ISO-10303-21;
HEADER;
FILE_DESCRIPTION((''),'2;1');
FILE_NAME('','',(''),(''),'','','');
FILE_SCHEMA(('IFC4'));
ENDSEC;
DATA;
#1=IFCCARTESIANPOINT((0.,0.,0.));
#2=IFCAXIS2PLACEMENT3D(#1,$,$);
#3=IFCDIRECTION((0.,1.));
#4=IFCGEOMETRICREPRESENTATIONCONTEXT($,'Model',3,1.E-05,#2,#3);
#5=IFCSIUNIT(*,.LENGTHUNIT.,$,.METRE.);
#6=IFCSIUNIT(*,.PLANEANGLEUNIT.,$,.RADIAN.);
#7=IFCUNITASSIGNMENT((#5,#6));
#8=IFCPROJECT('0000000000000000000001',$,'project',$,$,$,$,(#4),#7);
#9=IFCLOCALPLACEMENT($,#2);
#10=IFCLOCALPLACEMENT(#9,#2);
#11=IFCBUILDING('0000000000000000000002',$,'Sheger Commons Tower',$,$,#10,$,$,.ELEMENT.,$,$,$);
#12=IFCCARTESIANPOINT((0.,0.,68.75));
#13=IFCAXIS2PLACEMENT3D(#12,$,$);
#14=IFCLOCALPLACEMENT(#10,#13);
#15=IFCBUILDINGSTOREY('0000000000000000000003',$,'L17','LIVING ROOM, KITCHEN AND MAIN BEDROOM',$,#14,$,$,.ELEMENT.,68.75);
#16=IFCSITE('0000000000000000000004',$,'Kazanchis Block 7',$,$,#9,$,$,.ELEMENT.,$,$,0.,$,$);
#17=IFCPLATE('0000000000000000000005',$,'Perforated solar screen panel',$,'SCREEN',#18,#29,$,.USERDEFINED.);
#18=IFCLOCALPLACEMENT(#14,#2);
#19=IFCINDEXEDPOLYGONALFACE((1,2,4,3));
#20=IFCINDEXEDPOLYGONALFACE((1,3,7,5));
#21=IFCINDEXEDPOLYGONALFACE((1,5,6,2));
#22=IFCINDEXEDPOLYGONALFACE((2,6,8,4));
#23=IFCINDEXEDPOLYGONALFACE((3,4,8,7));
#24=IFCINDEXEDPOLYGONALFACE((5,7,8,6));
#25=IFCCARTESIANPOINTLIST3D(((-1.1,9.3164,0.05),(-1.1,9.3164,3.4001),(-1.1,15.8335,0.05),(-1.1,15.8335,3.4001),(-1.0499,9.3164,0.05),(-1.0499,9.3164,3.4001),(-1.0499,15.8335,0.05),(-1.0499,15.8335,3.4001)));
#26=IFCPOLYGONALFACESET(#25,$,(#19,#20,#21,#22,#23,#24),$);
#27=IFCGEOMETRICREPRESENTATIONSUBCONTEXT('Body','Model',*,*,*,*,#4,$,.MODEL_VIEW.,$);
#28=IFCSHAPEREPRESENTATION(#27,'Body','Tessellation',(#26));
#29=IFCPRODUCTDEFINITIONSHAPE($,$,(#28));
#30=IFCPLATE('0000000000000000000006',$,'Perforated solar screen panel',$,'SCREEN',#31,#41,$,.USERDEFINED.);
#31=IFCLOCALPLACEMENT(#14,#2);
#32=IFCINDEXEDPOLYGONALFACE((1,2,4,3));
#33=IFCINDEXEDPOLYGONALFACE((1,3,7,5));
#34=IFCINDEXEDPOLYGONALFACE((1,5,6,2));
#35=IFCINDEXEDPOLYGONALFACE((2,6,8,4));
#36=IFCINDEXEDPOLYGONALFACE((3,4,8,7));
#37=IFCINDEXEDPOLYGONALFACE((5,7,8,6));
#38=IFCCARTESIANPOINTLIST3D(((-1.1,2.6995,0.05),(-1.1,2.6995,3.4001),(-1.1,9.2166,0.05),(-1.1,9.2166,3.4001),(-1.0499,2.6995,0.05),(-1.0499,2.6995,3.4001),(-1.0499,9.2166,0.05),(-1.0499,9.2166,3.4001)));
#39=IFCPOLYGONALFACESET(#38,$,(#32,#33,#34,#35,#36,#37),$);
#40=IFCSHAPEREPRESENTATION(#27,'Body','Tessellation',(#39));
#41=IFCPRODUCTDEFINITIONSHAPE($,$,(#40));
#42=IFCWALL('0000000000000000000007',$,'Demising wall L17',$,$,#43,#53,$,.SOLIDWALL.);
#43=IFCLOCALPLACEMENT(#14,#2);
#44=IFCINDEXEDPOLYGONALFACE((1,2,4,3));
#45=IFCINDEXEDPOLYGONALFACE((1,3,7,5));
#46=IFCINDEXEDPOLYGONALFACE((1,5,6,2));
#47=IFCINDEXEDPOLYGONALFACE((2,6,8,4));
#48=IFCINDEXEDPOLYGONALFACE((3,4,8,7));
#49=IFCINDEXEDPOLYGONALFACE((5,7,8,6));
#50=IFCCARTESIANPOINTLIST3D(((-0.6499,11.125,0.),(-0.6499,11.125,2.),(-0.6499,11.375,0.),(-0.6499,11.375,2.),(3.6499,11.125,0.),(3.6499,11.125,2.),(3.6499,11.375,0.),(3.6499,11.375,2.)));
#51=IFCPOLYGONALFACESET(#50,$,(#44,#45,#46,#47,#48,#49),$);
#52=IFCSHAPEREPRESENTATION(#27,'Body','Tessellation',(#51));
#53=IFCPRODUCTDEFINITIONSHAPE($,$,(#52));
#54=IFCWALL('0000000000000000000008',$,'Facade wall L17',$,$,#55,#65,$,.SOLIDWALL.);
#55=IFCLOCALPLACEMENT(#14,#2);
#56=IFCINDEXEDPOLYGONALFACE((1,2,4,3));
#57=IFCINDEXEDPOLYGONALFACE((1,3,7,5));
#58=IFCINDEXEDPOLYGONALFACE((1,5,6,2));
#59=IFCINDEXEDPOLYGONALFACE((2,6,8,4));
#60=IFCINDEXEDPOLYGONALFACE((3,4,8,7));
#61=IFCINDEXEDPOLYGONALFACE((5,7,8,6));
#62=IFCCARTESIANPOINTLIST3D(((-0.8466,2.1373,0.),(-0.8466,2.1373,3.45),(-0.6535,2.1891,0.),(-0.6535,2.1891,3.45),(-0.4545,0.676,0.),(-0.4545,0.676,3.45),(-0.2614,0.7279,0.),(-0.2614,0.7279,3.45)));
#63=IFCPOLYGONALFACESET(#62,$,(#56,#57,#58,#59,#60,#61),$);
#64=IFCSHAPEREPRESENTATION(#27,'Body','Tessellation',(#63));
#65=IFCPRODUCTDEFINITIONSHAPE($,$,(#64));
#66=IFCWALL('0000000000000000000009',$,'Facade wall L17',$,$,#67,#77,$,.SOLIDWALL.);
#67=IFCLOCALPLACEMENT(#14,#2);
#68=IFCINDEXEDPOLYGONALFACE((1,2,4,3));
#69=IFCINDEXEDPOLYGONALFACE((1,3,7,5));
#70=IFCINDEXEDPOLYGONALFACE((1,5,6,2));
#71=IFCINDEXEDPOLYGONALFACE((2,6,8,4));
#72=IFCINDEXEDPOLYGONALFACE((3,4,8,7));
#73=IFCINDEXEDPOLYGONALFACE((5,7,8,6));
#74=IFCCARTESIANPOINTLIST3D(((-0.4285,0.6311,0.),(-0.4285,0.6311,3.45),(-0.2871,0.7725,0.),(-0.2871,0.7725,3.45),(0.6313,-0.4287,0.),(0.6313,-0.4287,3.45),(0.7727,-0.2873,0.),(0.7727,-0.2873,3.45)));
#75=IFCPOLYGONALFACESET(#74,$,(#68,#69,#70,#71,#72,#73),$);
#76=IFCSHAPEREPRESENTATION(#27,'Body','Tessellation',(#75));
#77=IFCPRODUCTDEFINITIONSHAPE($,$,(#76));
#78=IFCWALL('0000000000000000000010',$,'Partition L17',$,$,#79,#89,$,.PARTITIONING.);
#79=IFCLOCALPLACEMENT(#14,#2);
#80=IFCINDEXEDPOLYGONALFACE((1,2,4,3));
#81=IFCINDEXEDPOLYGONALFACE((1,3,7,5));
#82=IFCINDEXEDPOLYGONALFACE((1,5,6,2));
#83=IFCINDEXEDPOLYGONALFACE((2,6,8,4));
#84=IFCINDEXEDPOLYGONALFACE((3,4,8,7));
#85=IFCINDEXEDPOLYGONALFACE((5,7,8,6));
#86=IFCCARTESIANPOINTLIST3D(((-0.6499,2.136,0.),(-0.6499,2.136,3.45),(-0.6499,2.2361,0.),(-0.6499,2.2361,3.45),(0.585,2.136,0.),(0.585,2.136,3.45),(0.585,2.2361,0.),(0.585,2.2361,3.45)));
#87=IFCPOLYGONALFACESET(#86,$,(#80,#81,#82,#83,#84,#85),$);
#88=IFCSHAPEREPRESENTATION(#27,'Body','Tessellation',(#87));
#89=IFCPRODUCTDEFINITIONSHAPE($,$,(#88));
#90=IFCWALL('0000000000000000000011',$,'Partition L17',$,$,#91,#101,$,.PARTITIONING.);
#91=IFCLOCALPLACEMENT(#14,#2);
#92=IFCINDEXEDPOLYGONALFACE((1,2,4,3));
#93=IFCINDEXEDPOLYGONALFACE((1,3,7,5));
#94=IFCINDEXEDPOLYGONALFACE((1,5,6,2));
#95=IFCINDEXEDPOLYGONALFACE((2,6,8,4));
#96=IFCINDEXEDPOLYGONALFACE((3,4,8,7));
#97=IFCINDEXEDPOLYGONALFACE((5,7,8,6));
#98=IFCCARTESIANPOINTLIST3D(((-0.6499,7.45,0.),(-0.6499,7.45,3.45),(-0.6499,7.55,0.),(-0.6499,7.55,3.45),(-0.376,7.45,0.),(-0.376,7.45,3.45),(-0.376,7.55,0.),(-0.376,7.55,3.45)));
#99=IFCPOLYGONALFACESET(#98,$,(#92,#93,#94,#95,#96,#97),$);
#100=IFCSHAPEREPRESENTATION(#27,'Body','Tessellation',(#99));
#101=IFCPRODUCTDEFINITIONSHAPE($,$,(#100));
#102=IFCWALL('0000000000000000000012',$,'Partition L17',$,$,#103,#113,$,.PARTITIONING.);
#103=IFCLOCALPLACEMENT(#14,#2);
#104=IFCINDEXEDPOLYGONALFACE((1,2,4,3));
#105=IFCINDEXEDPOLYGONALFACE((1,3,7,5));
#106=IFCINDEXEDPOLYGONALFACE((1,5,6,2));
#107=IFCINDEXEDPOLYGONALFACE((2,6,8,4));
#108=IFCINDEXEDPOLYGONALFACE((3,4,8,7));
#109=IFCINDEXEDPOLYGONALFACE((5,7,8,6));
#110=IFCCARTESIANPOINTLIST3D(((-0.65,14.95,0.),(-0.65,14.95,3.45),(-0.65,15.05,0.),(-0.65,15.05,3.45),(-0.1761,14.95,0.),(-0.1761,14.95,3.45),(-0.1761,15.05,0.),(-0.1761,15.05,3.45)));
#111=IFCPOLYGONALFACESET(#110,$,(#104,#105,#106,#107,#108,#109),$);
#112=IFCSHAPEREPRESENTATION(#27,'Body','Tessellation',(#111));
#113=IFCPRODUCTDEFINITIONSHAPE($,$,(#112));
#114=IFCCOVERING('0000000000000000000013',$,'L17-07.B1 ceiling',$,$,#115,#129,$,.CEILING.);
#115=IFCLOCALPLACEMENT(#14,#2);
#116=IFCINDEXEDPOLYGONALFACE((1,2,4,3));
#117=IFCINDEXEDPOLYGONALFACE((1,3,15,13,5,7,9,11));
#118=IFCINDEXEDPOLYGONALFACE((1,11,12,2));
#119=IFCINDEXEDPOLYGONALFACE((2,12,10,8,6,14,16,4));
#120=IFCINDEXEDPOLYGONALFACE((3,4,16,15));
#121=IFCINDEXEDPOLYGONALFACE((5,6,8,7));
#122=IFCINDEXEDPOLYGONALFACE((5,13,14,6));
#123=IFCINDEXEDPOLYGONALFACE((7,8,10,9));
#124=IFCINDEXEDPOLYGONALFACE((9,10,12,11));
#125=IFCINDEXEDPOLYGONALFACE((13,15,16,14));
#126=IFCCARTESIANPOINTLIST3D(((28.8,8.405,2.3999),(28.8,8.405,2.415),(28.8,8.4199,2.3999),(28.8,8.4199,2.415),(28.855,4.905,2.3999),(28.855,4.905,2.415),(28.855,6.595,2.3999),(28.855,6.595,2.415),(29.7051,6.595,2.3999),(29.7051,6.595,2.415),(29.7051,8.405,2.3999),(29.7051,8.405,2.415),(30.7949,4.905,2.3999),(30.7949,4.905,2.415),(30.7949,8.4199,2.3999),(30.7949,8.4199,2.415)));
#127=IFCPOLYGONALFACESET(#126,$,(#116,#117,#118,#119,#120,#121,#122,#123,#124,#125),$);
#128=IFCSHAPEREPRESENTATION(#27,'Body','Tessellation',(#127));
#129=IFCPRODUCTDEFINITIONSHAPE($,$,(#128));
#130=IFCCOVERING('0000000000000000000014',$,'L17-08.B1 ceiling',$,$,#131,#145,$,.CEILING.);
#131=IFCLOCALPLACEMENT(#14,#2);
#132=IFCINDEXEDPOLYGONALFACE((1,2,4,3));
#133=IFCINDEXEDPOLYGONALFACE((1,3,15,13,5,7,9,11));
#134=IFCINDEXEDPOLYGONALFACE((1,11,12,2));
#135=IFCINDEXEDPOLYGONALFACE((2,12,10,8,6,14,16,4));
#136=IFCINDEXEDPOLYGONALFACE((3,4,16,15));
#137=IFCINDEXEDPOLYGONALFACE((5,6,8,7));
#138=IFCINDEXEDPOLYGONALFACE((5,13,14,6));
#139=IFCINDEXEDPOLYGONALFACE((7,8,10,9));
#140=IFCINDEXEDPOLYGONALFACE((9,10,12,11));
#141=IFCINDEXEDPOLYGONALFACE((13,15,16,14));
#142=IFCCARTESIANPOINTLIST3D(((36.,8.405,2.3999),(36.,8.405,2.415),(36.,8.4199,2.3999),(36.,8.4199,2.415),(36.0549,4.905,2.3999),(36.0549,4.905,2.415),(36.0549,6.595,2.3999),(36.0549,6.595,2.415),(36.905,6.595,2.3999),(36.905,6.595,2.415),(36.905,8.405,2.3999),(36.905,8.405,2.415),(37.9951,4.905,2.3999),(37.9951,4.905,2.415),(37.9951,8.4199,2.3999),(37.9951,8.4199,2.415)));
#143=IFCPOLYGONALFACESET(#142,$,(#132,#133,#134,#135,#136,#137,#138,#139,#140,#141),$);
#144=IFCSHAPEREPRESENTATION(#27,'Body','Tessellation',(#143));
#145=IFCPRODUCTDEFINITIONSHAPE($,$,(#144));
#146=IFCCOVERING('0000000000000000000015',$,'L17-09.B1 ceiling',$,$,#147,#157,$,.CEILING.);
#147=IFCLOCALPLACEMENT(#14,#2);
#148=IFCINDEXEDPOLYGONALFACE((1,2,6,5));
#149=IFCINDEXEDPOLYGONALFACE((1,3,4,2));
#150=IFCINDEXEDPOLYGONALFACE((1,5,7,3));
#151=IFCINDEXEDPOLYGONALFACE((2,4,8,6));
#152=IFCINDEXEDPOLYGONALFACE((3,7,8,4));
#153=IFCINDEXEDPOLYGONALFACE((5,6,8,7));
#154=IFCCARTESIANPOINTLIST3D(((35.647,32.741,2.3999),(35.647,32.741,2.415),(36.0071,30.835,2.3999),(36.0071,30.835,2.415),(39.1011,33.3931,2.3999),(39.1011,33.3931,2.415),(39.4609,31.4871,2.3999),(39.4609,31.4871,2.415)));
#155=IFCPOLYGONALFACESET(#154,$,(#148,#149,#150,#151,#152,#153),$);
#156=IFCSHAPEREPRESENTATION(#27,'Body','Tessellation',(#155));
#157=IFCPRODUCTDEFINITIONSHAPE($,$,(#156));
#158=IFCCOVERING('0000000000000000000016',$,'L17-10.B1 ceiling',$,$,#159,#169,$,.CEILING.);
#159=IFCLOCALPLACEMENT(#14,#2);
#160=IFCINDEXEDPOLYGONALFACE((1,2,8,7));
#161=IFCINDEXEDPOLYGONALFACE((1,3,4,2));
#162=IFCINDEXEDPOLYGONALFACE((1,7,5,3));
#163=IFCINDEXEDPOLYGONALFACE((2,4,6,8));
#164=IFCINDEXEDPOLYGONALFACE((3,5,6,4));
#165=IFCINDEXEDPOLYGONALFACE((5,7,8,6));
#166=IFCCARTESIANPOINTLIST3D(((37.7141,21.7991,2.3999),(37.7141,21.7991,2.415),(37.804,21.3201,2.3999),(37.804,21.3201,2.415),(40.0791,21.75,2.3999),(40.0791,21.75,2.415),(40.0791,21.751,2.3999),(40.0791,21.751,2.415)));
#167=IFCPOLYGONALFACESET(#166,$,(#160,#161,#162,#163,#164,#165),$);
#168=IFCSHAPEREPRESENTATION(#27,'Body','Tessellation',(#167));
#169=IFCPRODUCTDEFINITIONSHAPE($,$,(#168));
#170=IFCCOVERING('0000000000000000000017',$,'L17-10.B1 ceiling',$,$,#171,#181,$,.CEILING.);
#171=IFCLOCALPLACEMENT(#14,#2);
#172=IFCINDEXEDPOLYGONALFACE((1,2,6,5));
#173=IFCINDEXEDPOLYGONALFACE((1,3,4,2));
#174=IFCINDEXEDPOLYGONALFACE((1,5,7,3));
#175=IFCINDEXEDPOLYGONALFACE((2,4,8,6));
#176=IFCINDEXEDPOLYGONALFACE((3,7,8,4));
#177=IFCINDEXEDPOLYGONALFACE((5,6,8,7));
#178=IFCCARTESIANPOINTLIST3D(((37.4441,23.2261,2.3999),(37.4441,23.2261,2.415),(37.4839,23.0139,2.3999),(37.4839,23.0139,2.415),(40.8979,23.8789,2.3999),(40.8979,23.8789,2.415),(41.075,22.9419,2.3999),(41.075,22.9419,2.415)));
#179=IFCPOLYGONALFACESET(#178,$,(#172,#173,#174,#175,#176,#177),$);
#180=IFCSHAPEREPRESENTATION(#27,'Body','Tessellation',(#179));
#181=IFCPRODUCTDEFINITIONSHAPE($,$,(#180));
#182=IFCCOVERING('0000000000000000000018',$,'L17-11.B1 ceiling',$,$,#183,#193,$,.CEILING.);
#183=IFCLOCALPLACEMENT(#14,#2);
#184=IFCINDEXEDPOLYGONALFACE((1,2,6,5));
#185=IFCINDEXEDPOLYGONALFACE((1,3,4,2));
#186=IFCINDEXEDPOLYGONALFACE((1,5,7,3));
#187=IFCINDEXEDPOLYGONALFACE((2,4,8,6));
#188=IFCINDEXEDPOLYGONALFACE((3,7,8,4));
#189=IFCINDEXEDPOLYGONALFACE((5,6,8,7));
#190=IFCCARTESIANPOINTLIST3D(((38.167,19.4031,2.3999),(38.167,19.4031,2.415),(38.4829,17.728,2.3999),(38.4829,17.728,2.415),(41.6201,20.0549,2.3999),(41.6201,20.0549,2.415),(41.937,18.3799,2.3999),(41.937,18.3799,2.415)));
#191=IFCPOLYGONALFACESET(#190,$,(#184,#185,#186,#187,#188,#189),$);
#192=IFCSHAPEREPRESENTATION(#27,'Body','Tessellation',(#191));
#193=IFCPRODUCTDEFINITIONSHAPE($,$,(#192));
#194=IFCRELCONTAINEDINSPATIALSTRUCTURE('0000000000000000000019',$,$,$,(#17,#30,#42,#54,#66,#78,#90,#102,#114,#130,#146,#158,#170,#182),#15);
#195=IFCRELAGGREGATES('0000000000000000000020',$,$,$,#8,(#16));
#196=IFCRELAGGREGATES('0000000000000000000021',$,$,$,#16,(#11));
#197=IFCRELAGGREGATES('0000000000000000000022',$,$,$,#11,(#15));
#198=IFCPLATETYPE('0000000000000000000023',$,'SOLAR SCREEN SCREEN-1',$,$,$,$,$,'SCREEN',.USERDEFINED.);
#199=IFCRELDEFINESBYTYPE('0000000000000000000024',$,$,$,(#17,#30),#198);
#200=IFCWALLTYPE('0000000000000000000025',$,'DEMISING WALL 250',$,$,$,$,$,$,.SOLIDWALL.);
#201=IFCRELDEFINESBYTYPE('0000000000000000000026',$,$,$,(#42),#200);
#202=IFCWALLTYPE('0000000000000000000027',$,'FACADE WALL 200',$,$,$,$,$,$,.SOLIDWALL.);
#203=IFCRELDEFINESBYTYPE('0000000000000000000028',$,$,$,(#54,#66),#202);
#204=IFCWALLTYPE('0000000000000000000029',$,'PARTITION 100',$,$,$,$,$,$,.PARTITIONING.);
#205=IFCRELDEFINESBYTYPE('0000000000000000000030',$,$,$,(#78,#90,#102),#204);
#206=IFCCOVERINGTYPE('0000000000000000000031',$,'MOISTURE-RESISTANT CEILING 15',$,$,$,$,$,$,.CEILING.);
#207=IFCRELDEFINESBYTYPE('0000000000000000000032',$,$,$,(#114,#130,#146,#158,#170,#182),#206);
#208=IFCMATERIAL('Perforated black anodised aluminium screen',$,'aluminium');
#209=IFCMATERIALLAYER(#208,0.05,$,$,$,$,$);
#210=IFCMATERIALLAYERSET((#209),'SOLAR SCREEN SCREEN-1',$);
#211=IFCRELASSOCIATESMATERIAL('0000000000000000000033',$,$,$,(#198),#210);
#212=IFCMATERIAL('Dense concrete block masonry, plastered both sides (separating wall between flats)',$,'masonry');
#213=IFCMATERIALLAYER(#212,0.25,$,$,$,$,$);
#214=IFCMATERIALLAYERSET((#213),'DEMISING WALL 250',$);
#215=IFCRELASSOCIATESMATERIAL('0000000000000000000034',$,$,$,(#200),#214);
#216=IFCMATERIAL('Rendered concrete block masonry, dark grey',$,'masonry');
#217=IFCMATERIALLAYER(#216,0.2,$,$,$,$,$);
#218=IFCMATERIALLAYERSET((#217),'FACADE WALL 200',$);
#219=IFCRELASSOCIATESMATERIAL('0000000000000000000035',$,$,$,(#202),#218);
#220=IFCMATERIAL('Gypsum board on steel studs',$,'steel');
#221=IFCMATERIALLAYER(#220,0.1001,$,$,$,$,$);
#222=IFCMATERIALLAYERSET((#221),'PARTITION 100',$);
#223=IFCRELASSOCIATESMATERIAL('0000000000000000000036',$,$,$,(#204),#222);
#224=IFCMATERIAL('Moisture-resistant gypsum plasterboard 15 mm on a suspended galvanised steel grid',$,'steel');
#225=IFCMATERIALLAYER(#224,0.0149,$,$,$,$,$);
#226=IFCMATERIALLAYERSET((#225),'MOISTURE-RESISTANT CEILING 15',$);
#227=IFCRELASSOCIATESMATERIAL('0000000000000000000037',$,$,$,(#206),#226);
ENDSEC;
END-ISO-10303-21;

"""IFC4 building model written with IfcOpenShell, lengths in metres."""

from ifc_helpers import new_model, si_unit, direction, frame, frame_2d, origin, origin_2d, place, context, subcontext, project, spatial, polyline, rectangle, outline, extrude, material, layer, layer_set, type_object, element, save


model = new_model("IFC4")

# Units and contexts
model_context = context("Model", 3, precision=1e-05, world=origin(), true_north=direction((0.0, 1.0)))
body_context = subcontext(model_context, "Body", "Model", "MODEL_VIEW")
ifc_project = project(units=[si_unit("LENGTHUNIT", "METRE"), si_unit("PLANEANGLEUNIT", "RADIAN")], contexts=[model_context])

# Site, building, storey
site_placement = place(None, origin())
site = spatial("IfcSite", under=ifc_project, at=site_placement, Name="Kazanchis Block 7", CompositionType="ELEMENT", RefElevation=0.0)
building_placement = place(site_placement, origin())
building = spatial("IfcBuilding", under=site, at=building_placement, Name="Sheger Commons Tower", CompositionType="ELEMENT")
storey_placement = place(building_placement, frame((0.0, 0.0, 68.75)))
storey = spatial("IfcBuildingStorey", under=building, at=storey_placement, Name="L17", Description="LIVING ROOM, KITCHEN AND MAIN BEDROOM", CompositionType="ELEMENT", Elevation=68.75)

# Plates
ifc_material_1 = material(Name="Perforated black anodised aluminium screen", Category="aluminium")
ifc_layer_1 = layer(ifc_material_1, 0.05)
ifc_layer_set_1 = layer_set([ifc_layer_1], Name="SOLAR SCREEN SCREEN-1")
plate_type = type_object("IfcPlateType", Name="SOLAR SCREEN SCREEN-1", ElementType="SCREEN", PredefinedType="USERDEFINED", material=ifc_layer_set_1)
for number, where, z_axis, x_axis, name in (
    (1, (-1.075, 12.575, 0.05), (0.0, 0.0, 1.0), (0.0, -1.0, 0.0), "Perforated solar screen panel"),
    (2, (-1.075, 5.958, 0.05), (0.0, 0.0, 1.0), (0.0, -1.0, 0.0), "Perforated solar screen panel"),
):
    element("IfcPlate", number, at=place(storey_placement, frame(where, z_axis=z_axis, x_axis=x_axis)), inside=storey, type_object=plate_type, Name=name, ObjectType="SCREEN", PredefinedType="USERDEFINED", context=body_context, shape_type="SweptSolid", body=[
        extrude(rectangle(XDim=6.5171, YDim=0.05, at=origin_2d()), origin(), (0.0, 0.0, 1.0), 3.3501),
    ])

# Walls
ifc_material_2 = material(Name="Dense concrete block masonry, plastered both sides (separating wall between flats)", Category="masonry")
ifc_layer_2 = layer(ifc_material_2, 0.25)
ifc_layer_set_2 = layer_set([ifc_layer_2], Name="DEMISING WALL 250")
wall_type_1 = type_object("IfcWallType", Name="DEMISING WALL 250", PredefinedType="SOLIDWALL", material=ifc_layer_set_2)
wall_1_placement = place(storey_placement, frame((-0.6499, 11.25, 0.0), z_axis=(0.0, 0.0, 1.0), x_axis=(1.0, 0.0, 0.0)))
element("IfcWall", 3, at=wall_1_placement, inside=storey, type_object=wall_type_1, Name="Demising wall L17", PredefinedType="SOLIDWALL", context=body_context, shape_type="SweptSolid", body=[
    extrude(rectangle(XDim=4.2998, YDim=0.25, at=frame_2d((2.1499, 0.0))), origin(), (0.0, 0.0, 1.0), 2.0),
])
ifc_material_3 = material(Name="Rendered concrete block masonry, dark grey", Category="masonry")
ifc_layer_3 = layer(ifc_material_3, 0.2)
ifc_layer_set_3 = layer_set([ifc_layer_3], Name="FACADE WALL 200")
wall_type_2 = type_object("IfcWallType", Name="FACADE WALL 200", PredefinedType="SOLIDWALL", material=ifc_layer_set_3)
wall_2_placement = place(storey_placement, frame((-0.75, 2.1631, 0.0), z_axis=(0.0, 0.0, 1.0), x_axis=(0.259169, -0.965832, 0.0)))
element("IfcWall", 4, at=wall_2_placement, inside=storey, type_object=wall_type_2, Name="Facade wall L17", PredefinedType="SOLIDWALL", context=body_context, shape_type="SweptSolid", body=[
    extrude(rectangle(XDim=1.5129, YDim=0.2, at=frame_2d((0.7563, 0.0))), origin(), (0.0, 0.0, 1.0), 3.45),
])
wall_3_placement = place(storey_placement, frame((-0.3579, 0.7019, 0.0), z_axis=(0.0, 0.0, 1.0), x_axis=(0.707107, -0.707107, 0.0)))
element("IfcWall", 5, at=wall_3_placement, inside=storey, type_object=wall_type_2, Name="Facade wall L17", PredefinedType="SOLIDWALL", context=body_context, shape_type="SweptSolid", body=[
    extrude(rectangle(XDim=1.4988, YDim=0.2, at=frame_2d((0.7495, 0.0))), origin(), (0.0, 0.0, 1.0), 3.45),
])
ifc_material_4 = material(Name="Gypsum board on steel studs", Category="steel")
ifc_layer_4 = layer(ifc_material_4, 0.1001)
ifc_layer_set_4 = layer_set([ifc_layer_4], Name="PARTITION 100")
wall_type_3 = type_object("IfcWallType", Name="PARTITION 100", PredefinedType="PARTITIONING", material=ifc_layer_set_4)
wall_4_placement = place(storey_placement, frame((-0.6499, 2.186, 0.0), z_axis=(0.0, 0.0, 1.0), x_axis=(1.0, 0.0, 0.0)))
element("IfcWall", 6, at=wall_4_placement, inside=storey, type_object=wall_type_3, Name="Partition L17", PredefinedType="PARTITIONING", context=body_context, shape_type="SweptSolid", body=[
    extrude(rectangle(XDim=1.2349, YDim=0.1001, at=frame_2d((0.6174, 0.0))), origin(), (0.0, 0.0, 1.0), 3.45),
])
wall_5_placement = place(storey_placement, frame((-0.6499, 7.5, 0.0), z_axis=(0.0, 0.0, 1.0), x_axis=(1.0, 0.0, 0.0)))
element("IfcWall", 7, at=wall_5_placement, inside=storey, type_object=wall_type_3, Name="Partition L17", PredefinedType="PARTITIONING", context=body_context, shape_type="SweptSolid", body=[
    extrude(rectangle(XDim=0.2739, YDim=0.1001, at=frame_2d((0.137, 0.0))), origin(), (0.0, 0.0, 1.0), 3.45),
])
wall_6_placement = place(storey_placement, frame((-0.6499, 15.0, 0.0), z_axis=(0.0, 0.0, 1.0), x_axis=(1.0, 0.0, 0.0)))
element("IfcWall", 8, at=wall_6_placement, inside=storey, type_object=wall_type_3, Name="Partition L17", PredefinedType="PARTITIONING", context=body_context, shape_type="SweptSolid", body=[
    extrude(rectangle(XDim=0.4739, YDim=0.1001, at=frame_2d((0.2368, 0.0))), origin(), (0.0, 0.0, 1.0), 3.45),
])

# Coverings
ifc_material_5 = material(Name="Moisture-resistant gypsum plasterboard 15 mm on a suspended galvanised steel grid", Category="steel")
ifc_layer_5 = layer(ifc_material_5, 0.0149)
ifc_layer_set_5 = layer_set([ifc_layer_5], Name="MOISTURE-RESISTANT CEILING 15")
covering_type_1 = type_object("IfcCoveringType", Name="MOISTURE-RESISTANT CEILING 15", PredefinedType="CEILING", material=ifc_layer_set_5)
covering_1_placement = place(storey_placement, frame((0.0, 0.0, 2.3999)))
element("IfcCovering", 9, at=covering_1_placement, inside=storey, type_object=covering_type_1, Name="L17-07.B1 ceiling", PredefinedType="CEILING", context=body_context, shape_type="SweptSolid", body=[
    extrude(outline(polyline([(28.855, 4.905), (30.7949, 4.905), (30.7949, 8.4199), (28.8, 8.4199), (28.8, 8.405), (29.7051, 8.405), (29.7051, 6.595), (28.855, 6.595), (28.855, 4.905)])), origin(), (0.0, 0.0, 1.0), 0.0151),
])
covering_2_placement = place(storey_placement, frame((0.0, 0.0, 2.3999)))
element("IfcCovering", 10, at=covering_2_placement, inside=storey, type_object=covering_type_1, Name="L17-08.B1 ceiling", PredefinedType="CEILING", context=body_context, shape_type="SweptSolid", body=[
    extrude(outline(polyline([(36.0549, 4.905), (37.9951, 4.905), (37.9951, 8.4199), (36.0, 8.4199), (36.0, 8.405), (36.905, 8.405), (36.905, 6.595), (36.0549, 6.595), (36.0549, 4.905)])), origin(), (0.0, 0.0, 1.0), 0.0151),
])
covering_3_placement = place(storey_placement, frame((0.0, 0.0, 2.3999)))
element("IfcCovering", 11, at=covering_3_placement, inside=storey, type_object=covering_type_1, Name="L17-09.B1 ceiling", PredefinedType="CEILING", context=body_context, shape_type="SweptSolid", body=[
    extrude(outline(polyline([(36.0071, 30.835), (39.4609, 31.4871), (39.1011, 33.3931), (35.647, 32.741), (36.0071, 30.835)])), origin(), (0.0, 0.0, 1.0), 0.0151),
])
covering_4_placement = place(storey_placement, frame((0.0, 0.0, 2.3999)))
element("IfcCovering", 12, at=covering_4_placement, inside=storey, type_object=covering_type_1, Name="L17-10.B1 ceiling", PredefinedType="CEILING", context=body_context, shape_type="SweptSolid", body=[
    extrude(outline(polyline([(37.804, 21.3201), (40.0791, 21.75), (40.0791, 21.751), (37.7141, 21.7991), (37.804, 21.3201)])), origin(), (0.0, 0.0, 1.0), 0.0151),
])
covering_5_placement = place(storey_placement, frame((0.0, 0.0, 2.3999)))
element("IfcCovering", 13, at=covering_5_placement, inside=storey, type_object=covering_type_1, Name="L17-10.B1 ceiling", PredefinedType="CEILING", context=body_context, shape_type="SweptSolid", body=[
    extrude(outline(polyline([(41.075, 22.9419), (40.8979, 23.8789), (37.4441, 23.2261), (37.4839, 23.0139), (41.075, 22.9419)])), origin(), (0.0, 0.0, 1.0), 0.0151),
])
covering_6_placement = place(storey_placement, frame((0.0, 0.0, 2.3999)))
element("IfcCovering", 14, at=covering_6_placement, inside=storey, type_object=covering_type_1, Name="L17-11.B1 ceiling", PredefinedType="CEILING", context=body_context, shape_type="SweptSolid", body=[
    extrude(outline(polyline([(38.4829, 17.728), (41.937, 18.3799), (41.6201, 20.0549), (38.167, 19.4031), (38.4829, 17.728)])), origin(), (0.0, 0.0, 1.0), 0.0151),
])

save(model, "model.ifc")
